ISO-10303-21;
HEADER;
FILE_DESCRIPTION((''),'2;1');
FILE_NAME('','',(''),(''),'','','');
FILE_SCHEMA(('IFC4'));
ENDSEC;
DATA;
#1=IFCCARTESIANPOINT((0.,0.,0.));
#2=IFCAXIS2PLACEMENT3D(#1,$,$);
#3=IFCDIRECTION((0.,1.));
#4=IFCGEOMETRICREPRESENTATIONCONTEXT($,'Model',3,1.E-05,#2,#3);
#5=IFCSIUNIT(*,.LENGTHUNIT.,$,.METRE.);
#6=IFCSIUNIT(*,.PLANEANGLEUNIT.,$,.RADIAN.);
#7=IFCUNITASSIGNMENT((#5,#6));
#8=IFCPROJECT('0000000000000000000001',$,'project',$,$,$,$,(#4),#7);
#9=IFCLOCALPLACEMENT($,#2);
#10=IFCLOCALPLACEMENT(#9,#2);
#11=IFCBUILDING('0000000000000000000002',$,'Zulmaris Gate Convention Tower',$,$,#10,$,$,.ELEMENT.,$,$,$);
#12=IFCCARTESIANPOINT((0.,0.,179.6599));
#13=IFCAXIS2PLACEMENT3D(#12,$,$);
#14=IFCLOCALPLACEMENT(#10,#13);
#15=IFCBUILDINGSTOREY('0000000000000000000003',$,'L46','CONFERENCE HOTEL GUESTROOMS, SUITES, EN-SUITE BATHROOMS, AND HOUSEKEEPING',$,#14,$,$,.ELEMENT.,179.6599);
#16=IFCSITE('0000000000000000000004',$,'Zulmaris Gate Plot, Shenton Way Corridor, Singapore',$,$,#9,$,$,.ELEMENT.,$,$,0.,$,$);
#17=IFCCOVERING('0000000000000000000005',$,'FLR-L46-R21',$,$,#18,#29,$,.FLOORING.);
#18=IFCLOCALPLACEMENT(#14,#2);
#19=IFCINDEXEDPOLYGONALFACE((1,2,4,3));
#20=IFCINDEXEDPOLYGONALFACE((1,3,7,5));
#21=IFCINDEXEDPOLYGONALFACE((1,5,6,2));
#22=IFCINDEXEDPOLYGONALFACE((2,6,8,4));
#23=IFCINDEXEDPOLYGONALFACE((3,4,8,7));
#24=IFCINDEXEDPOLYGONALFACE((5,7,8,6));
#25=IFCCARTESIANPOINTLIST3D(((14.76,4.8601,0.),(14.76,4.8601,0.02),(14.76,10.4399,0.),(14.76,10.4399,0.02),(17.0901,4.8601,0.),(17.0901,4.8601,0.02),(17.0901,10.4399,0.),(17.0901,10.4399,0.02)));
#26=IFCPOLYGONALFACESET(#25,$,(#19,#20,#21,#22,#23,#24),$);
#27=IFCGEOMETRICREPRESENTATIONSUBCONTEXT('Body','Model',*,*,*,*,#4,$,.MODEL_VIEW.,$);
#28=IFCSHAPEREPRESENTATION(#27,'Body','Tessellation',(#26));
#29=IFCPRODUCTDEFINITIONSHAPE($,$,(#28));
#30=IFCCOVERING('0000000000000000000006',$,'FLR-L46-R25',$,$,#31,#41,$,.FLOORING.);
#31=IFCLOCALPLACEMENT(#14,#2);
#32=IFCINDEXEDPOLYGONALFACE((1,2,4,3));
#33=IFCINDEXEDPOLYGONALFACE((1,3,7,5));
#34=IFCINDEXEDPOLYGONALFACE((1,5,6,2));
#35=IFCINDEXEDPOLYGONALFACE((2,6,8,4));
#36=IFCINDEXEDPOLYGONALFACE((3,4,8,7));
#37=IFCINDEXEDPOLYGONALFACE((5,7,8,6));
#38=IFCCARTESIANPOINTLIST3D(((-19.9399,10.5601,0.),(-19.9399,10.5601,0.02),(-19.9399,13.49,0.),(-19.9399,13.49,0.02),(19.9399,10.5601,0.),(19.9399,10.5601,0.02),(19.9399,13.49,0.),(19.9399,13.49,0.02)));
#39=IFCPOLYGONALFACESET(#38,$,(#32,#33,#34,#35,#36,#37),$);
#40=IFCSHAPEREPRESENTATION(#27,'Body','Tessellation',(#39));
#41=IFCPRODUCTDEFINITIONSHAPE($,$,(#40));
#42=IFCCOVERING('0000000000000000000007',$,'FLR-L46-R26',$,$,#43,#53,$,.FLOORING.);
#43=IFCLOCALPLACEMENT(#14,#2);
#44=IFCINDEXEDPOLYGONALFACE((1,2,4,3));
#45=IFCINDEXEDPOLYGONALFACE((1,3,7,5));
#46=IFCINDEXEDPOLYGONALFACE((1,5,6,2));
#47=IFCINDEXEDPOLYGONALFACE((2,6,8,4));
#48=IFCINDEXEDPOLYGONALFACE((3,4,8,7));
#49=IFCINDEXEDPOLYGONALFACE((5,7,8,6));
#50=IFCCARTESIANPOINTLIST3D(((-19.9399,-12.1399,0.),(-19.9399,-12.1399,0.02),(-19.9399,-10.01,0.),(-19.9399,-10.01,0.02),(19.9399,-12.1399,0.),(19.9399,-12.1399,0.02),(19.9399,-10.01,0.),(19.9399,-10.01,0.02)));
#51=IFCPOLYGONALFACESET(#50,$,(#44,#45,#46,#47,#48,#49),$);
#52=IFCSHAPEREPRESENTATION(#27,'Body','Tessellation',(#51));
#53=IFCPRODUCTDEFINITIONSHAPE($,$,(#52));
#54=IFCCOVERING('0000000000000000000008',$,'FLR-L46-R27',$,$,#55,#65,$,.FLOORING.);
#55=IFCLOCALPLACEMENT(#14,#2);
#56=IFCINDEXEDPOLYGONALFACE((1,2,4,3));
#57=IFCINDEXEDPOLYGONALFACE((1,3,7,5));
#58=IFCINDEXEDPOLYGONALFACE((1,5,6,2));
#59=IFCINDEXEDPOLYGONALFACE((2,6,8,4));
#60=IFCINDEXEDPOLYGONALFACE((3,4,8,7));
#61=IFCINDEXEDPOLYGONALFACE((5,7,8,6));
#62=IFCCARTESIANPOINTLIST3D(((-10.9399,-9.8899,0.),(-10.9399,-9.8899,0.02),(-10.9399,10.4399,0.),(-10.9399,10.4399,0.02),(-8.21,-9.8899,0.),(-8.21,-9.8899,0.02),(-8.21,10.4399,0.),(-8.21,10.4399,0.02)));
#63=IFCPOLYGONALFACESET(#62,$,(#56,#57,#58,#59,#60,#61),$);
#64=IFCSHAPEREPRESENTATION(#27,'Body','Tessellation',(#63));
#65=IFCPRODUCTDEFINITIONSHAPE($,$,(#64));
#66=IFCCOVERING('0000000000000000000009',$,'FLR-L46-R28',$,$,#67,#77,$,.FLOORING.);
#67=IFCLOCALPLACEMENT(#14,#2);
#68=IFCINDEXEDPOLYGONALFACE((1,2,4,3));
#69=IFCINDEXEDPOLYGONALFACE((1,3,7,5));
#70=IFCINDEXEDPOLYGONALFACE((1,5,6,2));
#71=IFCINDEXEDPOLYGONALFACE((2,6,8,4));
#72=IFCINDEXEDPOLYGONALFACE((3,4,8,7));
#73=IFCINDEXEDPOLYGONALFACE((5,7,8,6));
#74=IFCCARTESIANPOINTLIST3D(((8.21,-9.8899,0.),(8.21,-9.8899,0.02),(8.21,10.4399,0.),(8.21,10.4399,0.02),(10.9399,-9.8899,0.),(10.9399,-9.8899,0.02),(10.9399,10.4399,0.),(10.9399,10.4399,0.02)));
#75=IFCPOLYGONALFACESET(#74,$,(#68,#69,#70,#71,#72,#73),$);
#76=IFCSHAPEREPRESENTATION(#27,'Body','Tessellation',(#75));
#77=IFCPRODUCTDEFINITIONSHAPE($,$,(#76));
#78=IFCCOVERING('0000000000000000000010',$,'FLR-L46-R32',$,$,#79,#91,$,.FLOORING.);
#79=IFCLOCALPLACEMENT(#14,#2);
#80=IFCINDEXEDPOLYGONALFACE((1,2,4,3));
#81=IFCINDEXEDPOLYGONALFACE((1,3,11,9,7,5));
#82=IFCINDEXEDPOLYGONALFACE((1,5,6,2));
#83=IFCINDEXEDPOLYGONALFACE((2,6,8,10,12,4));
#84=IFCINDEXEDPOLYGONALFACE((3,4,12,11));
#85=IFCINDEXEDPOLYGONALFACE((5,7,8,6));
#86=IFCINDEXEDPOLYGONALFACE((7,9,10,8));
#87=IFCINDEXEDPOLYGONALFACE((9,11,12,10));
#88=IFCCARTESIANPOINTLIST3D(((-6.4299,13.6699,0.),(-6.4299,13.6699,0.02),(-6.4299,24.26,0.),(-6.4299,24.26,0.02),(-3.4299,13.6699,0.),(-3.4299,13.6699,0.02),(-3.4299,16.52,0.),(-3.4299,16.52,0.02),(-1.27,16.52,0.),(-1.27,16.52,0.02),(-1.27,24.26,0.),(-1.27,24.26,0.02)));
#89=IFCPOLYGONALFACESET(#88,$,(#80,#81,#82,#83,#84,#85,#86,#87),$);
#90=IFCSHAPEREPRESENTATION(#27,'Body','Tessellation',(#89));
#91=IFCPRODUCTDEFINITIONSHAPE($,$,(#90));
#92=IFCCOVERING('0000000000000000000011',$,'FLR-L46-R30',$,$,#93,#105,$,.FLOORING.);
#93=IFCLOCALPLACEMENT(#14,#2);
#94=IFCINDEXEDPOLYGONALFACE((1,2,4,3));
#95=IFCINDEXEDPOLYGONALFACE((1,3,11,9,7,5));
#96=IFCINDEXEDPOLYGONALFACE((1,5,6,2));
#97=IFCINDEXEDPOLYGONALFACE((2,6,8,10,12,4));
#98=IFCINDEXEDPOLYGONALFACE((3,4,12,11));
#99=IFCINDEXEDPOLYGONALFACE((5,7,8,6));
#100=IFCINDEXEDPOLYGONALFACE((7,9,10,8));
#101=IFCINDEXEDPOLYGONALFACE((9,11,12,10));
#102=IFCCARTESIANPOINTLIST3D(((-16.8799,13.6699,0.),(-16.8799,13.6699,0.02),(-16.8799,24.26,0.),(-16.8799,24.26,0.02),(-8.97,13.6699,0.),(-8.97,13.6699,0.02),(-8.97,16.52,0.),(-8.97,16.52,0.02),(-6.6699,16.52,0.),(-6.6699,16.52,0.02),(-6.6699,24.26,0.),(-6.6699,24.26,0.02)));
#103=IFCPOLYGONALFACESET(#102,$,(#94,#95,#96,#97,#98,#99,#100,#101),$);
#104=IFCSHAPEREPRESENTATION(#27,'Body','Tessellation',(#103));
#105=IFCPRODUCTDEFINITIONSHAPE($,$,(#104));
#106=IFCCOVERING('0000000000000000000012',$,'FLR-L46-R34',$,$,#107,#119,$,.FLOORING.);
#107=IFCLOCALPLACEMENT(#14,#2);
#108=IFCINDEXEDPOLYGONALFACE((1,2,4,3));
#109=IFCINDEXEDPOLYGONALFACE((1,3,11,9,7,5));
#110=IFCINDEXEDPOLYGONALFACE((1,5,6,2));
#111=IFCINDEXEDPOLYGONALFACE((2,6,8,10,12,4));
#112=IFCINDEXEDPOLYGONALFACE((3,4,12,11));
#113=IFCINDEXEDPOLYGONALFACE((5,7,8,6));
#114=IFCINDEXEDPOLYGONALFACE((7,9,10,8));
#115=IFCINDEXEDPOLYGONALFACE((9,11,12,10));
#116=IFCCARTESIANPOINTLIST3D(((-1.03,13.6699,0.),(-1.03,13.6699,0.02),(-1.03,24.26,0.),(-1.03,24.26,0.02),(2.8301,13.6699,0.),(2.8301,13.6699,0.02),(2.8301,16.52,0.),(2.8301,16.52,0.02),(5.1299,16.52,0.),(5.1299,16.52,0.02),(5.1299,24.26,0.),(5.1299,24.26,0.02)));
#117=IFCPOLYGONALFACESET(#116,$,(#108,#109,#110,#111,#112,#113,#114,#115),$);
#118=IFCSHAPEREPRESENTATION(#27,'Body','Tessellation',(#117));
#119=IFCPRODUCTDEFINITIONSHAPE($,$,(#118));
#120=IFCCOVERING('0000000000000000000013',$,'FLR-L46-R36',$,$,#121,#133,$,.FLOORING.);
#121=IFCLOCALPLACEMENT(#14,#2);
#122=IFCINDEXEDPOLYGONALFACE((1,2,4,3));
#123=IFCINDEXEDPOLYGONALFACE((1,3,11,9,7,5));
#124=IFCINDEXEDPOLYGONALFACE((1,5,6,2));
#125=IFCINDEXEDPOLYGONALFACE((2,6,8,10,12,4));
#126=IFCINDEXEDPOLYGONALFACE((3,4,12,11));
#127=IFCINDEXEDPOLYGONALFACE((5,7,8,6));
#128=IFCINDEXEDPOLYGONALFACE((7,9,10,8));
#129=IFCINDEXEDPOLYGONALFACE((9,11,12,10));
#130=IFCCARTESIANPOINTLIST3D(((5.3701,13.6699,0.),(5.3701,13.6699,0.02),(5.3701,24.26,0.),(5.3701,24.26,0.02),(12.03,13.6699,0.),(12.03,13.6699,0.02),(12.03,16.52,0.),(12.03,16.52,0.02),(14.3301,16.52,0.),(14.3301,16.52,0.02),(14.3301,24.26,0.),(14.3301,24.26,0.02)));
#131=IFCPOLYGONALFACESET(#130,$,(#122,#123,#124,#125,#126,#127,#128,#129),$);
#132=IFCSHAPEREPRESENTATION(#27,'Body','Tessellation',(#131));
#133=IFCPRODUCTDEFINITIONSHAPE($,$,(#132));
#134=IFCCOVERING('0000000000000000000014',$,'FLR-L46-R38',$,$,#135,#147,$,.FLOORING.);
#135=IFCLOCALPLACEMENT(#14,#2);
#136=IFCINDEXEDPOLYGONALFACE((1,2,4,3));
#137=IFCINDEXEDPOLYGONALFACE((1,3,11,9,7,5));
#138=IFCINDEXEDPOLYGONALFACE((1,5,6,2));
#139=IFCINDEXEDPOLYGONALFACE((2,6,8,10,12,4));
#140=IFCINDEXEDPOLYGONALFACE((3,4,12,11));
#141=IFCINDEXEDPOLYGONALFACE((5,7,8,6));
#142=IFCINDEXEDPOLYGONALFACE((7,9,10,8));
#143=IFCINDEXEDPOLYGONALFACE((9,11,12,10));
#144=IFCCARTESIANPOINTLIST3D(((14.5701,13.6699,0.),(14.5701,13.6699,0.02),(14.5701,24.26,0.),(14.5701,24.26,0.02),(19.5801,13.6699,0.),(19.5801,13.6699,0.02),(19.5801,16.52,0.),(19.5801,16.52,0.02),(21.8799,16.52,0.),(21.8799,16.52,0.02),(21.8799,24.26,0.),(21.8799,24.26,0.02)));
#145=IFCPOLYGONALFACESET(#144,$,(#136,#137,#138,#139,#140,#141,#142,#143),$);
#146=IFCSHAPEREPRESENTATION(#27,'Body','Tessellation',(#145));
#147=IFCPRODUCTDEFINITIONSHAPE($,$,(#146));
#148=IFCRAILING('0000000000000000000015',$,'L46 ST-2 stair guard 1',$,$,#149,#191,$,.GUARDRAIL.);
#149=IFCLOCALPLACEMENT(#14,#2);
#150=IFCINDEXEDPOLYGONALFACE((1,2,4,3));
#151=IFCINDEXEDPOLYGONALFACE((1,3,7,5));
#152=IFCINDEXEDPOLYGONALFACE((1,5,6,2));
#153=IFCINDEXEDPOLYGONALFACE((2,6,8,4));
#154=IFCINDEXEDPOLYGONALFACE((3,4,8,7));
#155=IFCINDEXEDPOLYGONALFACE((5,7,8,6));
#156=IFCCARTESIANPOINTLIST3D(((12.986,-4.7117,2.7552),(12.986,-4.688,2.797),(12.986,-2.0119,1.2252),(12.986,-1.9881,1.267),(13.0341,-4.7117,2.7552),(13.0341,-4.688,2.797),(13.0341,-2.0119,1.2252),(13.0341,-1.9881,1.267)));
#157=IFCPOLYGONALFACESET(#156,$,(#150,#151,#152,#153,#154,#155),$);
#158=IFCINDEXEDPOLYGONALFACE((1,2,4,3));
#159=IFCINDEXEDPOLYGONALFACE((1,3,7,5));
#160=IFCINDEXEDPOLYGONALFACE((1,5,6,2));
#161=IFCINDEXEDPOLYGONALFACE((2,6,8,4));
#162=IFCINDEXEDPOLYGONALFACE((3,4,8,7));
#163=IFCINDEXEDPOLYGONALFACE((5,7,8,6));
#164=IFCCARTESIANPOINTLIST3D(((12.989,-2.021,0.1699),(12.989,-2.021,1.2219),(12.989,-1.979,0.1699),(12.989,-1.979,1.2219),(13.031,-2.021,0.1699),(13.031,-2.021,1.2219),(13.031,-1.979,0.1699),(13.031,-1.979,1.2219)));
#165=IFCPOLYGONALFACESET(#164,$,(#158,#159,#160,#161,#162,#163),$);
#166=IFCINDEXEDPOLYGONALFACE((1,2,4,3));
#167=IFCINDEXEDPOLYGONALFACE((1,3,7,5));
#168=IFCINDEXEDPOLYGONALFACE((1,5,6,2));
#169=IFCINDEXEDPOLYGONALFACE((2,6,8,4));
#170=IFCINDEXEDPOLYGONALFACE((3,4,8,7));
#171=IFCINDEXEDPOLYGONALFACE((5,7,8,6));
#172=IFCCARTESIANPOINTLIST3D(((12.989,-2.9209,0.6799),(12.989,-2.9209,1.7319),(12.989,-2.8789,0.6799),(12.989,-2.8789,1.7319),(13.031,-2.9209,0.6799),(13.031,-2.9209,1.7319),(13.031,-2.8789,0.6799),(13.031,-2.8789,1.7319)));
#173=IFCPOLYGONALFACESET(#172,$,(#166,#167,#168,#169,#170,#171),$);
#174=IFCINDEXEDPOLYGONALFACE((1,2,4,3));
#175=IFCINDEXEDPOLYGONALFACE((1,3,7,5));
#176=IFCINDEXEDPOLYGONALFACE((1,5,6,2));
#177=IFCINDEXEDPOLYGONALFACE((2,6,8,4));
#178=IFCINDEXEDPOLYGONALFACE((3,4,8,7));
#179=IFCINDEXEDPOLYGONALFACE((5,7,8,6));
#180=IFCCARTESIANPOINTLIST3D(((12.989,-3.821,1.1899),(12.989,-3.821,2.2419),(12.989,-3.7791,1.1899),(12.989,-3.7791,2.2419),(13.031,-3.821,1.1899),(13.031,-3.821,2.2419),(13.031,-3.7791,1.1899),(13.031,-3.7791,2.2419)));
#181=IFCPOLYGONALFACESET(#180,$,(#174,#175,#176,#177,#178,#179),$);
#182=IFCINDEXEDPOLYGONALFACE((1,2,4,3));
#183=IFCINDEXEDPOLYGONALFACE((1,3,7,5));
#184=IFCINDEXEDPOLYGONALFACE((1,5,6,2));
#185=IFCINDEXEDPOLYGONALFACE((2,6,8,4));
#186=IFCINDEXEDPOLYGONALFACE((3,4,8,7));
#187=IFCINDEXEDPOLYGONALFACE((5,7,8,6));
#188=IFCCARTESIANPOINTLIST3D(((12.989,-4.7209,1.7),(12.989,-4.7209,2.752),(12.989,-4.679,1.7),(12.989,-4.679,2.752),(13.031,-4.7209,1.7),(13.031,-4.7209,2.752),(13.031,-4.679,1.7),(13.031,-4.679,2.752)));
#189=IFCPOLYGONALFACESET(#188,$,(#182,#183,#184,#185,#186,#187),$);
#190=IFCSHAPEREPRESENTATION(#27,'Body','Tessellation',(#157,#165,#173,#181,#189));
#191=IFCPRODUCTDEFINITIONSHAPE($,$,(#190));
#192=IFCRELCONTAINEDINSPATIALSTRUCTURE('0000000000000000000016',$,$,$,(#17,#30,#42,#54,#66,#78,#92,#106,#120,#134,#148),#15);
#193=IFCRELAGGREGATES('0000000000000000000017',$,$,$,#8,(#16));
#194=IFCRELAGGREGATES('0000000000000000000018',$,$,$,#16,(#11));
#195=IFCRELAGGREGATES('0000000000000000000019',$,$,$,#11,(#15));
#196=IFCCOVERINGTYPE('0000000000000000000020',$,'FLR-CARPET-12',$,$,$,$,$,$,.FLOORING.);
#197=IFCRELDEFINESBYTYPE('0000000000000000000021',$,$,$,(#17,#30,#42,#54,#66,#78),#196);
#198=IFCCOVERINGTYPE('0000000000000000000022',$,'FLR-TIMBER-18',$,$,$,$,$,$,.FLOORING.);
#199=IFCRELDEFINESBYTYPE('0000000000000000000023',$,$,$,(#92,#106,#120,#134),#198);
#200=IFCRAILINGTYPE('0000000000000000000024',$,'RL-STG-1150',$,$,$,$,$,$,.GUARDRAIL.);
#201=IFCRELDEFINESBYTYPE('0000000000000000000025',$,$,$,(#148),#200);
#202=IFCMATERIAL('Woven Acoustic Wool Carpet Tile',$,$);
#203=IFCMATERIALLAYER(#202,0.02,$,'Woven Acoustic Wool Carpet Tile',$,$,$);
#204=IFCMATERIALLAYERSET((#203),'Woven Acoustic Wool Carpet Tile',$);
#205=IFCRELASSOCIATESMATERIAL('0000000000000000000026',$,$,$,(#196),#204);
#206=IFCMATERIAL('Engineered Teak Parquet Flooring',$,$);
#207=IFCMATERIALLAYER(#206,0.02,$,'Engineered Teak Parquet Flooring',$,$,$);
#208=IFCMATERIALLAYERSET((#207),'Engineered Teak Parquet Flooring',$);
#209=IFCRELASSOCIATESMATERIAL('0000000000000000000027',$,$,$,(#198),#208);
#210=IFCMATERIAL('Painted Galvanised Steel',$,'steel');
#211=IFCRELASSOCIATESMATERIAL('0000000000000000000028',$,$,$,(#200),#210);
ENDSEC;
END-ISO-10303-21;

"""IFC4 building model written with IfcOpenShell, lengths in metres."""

from ifc_helpers import new_model, si_unit, direction, frame, origin, origin_2d, place, context, subcontext, project, spatial, polyline, rectangle, outline, extrude, material, layer, layer_set, type_object, element, save


model = new_model("IFC4")

# Units and contexts
model_context = context("Model", 3, precision=1e-05, world=origin(), true_north=direction((0.0, 1.0)))
body_context = subcontext(model_context, "Body", "Model", "MODEL_VIEW")
ifc_project = project(units=[si_unit("LENGTHUNIT", "METRE"), si_unit("PLANEANGLEUNIT", "RADIAN")], contexts=[model_context])

# Site, building, storey
site_placement = place(None, origin())
site = spatial("IfcSite", under=ifc_project, at=site_placement, Name="Zulmaris Gate Plot, Shenton Way Corridor, Singapore", CompositionType="ELEMENT", RefElevation=0.0)
building_placement = place(site_placement, origin())
building = spatial("IfcBuilding", under=site, at=building_placement, Name="Zulmaris Gate Convention Tower", CompositionType="ELEMENT")
storey_placement = place(building_placement, frame((0.0, 0.0, 179.6599)))
storey = spatial("IfcBuildingStorey", under=building, at=storey_placement, Name="L46", Description="CONFERENCE HOTEL GUESTROOMS, SUITES, EN-SUITE BATHROOMS, AND HOUSEKEEPING", CompositionType="ELEMENT", Elevation=179.6599)

# Coverings
ifc_material_1 = material(Name="Woven Acoustic Wool Carpet Tile")
ifc_layer_1 = layer(ifc_material_1, 0.02, Name="Woven Acoustic Wool Carpet Tile")
ifc_layer_set_1 = layer_set([ifc_layer_1], Name="Woven Acoustic Wool Carpet Tile")
covering_type_1 = type_object("IfcCoveringType", Name="FLR-CARPET-12", PredefinedType="FLOORING", material=ifc_layer_set_1)
covering_1_placement = place(storey_placement, origin())
element("IfcCovering", 1, at=covering_1_placement, inside=storey, type_object=covering_type_1, Name="FLR-L46-R21", PredefinedType="FLOORING", context=body_context, shape_type="SweptSolid", body=[
    extrude(outline(polyline([(14.76, 4.8601), (17.0901, 4.8601), (17.0901, 10.4399), (14.76, 10.4399), (14.76, 4.8601)])), origin(), (0.0, 0.0, 1.0), 0.02),
])
covering_2_placement = place(storey_placement, origin())
element("IfcCovering", 2, at=covering_2_placement, inside=storey, type_object=covering_type_1, Name="FLR-L46-R25", PredefinedType="FLOORING", context=body_context, shape_type="SweptSolid", body=[
    extrude(outline(polyline([(-19.9399, 10.5601), (19.9399, 10.5601), (19.9399, 13.49), (-19.9399, 13.49), (-19.9399, 10.5601)])), origin(), (0.0, 0.0, 1.0), 0.02),
])
covering_3_placement = place(storey_placement, origin())
element("IfcCovering", 3, at=covering_3_placement, inside=storey, type_object=covering_type_1, Name="FLR-L46-R26", PredefinedType="FLOORING", context=body_context, shape_type="SweptSolid", body=[
    extrude(outline(polyline([(-19.9399, -12.1399), (19.9399, -12.1399), (19.9399, -10.01), (-19.9399, -10.01), (-19.9399, -12.1399)])), origin(), (0.0, 0.0, 1.0), 0.02),
])
covering_4_placement = place(storey_placement, origin())
element("IfcCovering", 4, at=covering_4_placement, inside=storey, type_object=covering_type_1, Name="FLR-L46-R27", PredefinedType="FLOORING", context=body_context, shape_type="SweptSolid", body=[
    extrude(outline(polyline([(-10.9399, -9.8899), (-8.21, -9.8899), (-8.21, 10.4399), (-10.9399, 10.4399), (-10.9399, -9.8899)])), origin(), (0.0, 0.0, 1.0), 0.02),
])
covering_5_placement = place(storey_placement, origin())
element("IfcCovering", 5, at=covering_5_placement, inside=storey, type_object=covering_type_1, Name="FLR-L46-R28", PredefinedType="FLOORING", context=body_context, shape_type="SweptSolid", body=[
    extrude(outline(polyline([(8.21, -9.8899), (10.9399, -9.8899), (10.9399, 10.4399), (8.21, 10.4399), (8.21, -9.8899)])), origin(), (0.0, 0.0, 1.0), 0.02),
])
covering_6_placement = place(storey_placement, origin())
element("IfcCovering", 6, at=covering_6_placement, inside=storey, type_object=covering_type_1, Name="FLR-L46-R32", PredefinedType="FLOORING", context=body_context, shape_type="SweptSolid", body=[
    extrude(outline(polyline([(-6.4299, 13.6699), (-3.4299, 13.6699), (-3.4299, 16.52), (-1.27, 16.52), (-1.27, 24.26), (-6.4299, 24.26), (-6.4299, 13.6699)])), origin(), (0.0, 0.0, 1.0), 0.02),
])
ifc_material_2 = material(Name="Engineered Teak Parquet Flooring")
ifc_layer_2 = layer(ifc_material_2, 0.02, Name="Engineered Teak Parquet Flooring")
ifc_layer_set_2 = layer_set([ifc_layer_2], Name="Engineered Teak Parquet Flooring")
covering_type_2 = type_object("IfcCoveringType", Name="FLR-TIMBER-18", PredefinedType="FLOORING", material=ifc_layer_set_2)
covering_7_placement = place(storey_placement, origin())
element("IfcCovering", 7, at=covering_7_placement, inside=storey, type_object=covering_type_2, Name="FLR-L46-R30", PredefinedType="FLOORING", context=body_context, shape_type="SweptSolid", body=[
    extrude(outline(polyline([(-16.8799, 13.6699), (-8.97, 13.6699), (-8.97, 16.52), (-6.6699, 16.52), (-6.6699, 24.26), (-16.8799, 24.26), (-16.8799, 13.6699)])), origin(), (0.0, 0.0, 1.0), 0.02),
])
covering_8_placement = place(storey_placement, origin())
element("IfcCovering", 8, at=covering_8_placement, inside=storey, type_object=covering_type_2, Name="FLR-L46-R34", PredefinedType="FLOORING", context=body_context, shape_type="SweptSolid", body=[
    extrude(outline(polyline([(-1.03, 13.6699), (2.8301, 13.6699), (2.8301, 16.52), (5.1299, 16.52), (5.1299, 24.26), (-1.03, 24.26), (-1.03, 13.6699)])), origin(), (0.0, 0.0, 1.0), 0.02),
])
covering_9_placement = place(storey_placement, origin())
element("IfcCovering", 9, at=covering_9_placement, inside=storey, type_object=covering_type_2, Name="FLR-L46-R36", PredefinedType="FLOORING", context=body_context, shape_type="SweptSolid", body=[
    extrude(outline(polyline([(5.3701, 13.6699), (12.03, 13.6699), (12.03, 16.52), (14.3301, 16.52), (14.3301, 24.26), (5.3701, 24.26), (5.3701, 13.6699)])), origin(), (0.0, 0.0, 1.0), 0.02),
])
covering_10_placement = place(storey_placement, origin())
element("IfcCovering", 10, at=covering_10_placement, inside=storey, type_object=covering_type_2, Name="FLR-L46-R38", PredefinedType="FLOORING", context=body_context, shape_type="SweptSolid", body=[
    extrude(outline(polyline([(14.5701, 13.6699), (19.5801, 13.6699), (19.5801, 16.52), (21.8799, 16.52), (21.8799, 24.26), (14.5701, 24.26), (14.5701, 13.6699)])), origin(), (0.0, 0.0, 1.0), 0.02),
])

# Railing
ifc_material_3 = material(Name="Painted Galvanised Steel", Category="steel")
railing_type_1 = type_object("IfcRailingType", Name="RL-STG-1150", PredefinedType="GUARDRAIL", material=ifc_material_3)
railing_1_placement = place(storey_placement, frame((13.01, -2.0, 0.1699)))
element("IfcRailing", 11, at=railing_1_placement, inside=storey, type_object=railing_type_1, Name="L46 ST-2 stair guard 1", PredefinedType="GUARDRAIL", context=body_context, shape_type="SweptSolid", body=[
    extrude(rectangle(XDim=0.0481, YDim=0.0481, at=origin_2d()), frame((0.0, 0.0, 1.0762), z_axis=(0.0, -0.870014, 0.493026), x_axis=(1.0, 0.0, 0.0)), (0.0, 0.0, 1.0), 3.1033),
    extrude(rectangle(XDim=0.042, YDim=0.042, at=origin_2d()), origin(), (0.0, 0.0, 1.0), 1.052),
    extrude(rectangle(XDim=0.042, YDim=0.042, at=origin_2d()), frame((0.0, -0.8999, 0.51)), (0.0, 0.0, 1.0), 1.052),
    extrude(rectangle(XDim=0.042, YDim=0.042, at=origin_2d()), frame((0.0, -1.8, 1.02)), (0.0, 0.0, 1.0), 1.052),
    extrude(rectangle(XDim=0.042, YDim=0.042, at=origin_2d()), frame((0.0, -2.7, 1.53)), (0.0, 0.0, 1.0), 1.052),
])

save(model, "model.ifc")
